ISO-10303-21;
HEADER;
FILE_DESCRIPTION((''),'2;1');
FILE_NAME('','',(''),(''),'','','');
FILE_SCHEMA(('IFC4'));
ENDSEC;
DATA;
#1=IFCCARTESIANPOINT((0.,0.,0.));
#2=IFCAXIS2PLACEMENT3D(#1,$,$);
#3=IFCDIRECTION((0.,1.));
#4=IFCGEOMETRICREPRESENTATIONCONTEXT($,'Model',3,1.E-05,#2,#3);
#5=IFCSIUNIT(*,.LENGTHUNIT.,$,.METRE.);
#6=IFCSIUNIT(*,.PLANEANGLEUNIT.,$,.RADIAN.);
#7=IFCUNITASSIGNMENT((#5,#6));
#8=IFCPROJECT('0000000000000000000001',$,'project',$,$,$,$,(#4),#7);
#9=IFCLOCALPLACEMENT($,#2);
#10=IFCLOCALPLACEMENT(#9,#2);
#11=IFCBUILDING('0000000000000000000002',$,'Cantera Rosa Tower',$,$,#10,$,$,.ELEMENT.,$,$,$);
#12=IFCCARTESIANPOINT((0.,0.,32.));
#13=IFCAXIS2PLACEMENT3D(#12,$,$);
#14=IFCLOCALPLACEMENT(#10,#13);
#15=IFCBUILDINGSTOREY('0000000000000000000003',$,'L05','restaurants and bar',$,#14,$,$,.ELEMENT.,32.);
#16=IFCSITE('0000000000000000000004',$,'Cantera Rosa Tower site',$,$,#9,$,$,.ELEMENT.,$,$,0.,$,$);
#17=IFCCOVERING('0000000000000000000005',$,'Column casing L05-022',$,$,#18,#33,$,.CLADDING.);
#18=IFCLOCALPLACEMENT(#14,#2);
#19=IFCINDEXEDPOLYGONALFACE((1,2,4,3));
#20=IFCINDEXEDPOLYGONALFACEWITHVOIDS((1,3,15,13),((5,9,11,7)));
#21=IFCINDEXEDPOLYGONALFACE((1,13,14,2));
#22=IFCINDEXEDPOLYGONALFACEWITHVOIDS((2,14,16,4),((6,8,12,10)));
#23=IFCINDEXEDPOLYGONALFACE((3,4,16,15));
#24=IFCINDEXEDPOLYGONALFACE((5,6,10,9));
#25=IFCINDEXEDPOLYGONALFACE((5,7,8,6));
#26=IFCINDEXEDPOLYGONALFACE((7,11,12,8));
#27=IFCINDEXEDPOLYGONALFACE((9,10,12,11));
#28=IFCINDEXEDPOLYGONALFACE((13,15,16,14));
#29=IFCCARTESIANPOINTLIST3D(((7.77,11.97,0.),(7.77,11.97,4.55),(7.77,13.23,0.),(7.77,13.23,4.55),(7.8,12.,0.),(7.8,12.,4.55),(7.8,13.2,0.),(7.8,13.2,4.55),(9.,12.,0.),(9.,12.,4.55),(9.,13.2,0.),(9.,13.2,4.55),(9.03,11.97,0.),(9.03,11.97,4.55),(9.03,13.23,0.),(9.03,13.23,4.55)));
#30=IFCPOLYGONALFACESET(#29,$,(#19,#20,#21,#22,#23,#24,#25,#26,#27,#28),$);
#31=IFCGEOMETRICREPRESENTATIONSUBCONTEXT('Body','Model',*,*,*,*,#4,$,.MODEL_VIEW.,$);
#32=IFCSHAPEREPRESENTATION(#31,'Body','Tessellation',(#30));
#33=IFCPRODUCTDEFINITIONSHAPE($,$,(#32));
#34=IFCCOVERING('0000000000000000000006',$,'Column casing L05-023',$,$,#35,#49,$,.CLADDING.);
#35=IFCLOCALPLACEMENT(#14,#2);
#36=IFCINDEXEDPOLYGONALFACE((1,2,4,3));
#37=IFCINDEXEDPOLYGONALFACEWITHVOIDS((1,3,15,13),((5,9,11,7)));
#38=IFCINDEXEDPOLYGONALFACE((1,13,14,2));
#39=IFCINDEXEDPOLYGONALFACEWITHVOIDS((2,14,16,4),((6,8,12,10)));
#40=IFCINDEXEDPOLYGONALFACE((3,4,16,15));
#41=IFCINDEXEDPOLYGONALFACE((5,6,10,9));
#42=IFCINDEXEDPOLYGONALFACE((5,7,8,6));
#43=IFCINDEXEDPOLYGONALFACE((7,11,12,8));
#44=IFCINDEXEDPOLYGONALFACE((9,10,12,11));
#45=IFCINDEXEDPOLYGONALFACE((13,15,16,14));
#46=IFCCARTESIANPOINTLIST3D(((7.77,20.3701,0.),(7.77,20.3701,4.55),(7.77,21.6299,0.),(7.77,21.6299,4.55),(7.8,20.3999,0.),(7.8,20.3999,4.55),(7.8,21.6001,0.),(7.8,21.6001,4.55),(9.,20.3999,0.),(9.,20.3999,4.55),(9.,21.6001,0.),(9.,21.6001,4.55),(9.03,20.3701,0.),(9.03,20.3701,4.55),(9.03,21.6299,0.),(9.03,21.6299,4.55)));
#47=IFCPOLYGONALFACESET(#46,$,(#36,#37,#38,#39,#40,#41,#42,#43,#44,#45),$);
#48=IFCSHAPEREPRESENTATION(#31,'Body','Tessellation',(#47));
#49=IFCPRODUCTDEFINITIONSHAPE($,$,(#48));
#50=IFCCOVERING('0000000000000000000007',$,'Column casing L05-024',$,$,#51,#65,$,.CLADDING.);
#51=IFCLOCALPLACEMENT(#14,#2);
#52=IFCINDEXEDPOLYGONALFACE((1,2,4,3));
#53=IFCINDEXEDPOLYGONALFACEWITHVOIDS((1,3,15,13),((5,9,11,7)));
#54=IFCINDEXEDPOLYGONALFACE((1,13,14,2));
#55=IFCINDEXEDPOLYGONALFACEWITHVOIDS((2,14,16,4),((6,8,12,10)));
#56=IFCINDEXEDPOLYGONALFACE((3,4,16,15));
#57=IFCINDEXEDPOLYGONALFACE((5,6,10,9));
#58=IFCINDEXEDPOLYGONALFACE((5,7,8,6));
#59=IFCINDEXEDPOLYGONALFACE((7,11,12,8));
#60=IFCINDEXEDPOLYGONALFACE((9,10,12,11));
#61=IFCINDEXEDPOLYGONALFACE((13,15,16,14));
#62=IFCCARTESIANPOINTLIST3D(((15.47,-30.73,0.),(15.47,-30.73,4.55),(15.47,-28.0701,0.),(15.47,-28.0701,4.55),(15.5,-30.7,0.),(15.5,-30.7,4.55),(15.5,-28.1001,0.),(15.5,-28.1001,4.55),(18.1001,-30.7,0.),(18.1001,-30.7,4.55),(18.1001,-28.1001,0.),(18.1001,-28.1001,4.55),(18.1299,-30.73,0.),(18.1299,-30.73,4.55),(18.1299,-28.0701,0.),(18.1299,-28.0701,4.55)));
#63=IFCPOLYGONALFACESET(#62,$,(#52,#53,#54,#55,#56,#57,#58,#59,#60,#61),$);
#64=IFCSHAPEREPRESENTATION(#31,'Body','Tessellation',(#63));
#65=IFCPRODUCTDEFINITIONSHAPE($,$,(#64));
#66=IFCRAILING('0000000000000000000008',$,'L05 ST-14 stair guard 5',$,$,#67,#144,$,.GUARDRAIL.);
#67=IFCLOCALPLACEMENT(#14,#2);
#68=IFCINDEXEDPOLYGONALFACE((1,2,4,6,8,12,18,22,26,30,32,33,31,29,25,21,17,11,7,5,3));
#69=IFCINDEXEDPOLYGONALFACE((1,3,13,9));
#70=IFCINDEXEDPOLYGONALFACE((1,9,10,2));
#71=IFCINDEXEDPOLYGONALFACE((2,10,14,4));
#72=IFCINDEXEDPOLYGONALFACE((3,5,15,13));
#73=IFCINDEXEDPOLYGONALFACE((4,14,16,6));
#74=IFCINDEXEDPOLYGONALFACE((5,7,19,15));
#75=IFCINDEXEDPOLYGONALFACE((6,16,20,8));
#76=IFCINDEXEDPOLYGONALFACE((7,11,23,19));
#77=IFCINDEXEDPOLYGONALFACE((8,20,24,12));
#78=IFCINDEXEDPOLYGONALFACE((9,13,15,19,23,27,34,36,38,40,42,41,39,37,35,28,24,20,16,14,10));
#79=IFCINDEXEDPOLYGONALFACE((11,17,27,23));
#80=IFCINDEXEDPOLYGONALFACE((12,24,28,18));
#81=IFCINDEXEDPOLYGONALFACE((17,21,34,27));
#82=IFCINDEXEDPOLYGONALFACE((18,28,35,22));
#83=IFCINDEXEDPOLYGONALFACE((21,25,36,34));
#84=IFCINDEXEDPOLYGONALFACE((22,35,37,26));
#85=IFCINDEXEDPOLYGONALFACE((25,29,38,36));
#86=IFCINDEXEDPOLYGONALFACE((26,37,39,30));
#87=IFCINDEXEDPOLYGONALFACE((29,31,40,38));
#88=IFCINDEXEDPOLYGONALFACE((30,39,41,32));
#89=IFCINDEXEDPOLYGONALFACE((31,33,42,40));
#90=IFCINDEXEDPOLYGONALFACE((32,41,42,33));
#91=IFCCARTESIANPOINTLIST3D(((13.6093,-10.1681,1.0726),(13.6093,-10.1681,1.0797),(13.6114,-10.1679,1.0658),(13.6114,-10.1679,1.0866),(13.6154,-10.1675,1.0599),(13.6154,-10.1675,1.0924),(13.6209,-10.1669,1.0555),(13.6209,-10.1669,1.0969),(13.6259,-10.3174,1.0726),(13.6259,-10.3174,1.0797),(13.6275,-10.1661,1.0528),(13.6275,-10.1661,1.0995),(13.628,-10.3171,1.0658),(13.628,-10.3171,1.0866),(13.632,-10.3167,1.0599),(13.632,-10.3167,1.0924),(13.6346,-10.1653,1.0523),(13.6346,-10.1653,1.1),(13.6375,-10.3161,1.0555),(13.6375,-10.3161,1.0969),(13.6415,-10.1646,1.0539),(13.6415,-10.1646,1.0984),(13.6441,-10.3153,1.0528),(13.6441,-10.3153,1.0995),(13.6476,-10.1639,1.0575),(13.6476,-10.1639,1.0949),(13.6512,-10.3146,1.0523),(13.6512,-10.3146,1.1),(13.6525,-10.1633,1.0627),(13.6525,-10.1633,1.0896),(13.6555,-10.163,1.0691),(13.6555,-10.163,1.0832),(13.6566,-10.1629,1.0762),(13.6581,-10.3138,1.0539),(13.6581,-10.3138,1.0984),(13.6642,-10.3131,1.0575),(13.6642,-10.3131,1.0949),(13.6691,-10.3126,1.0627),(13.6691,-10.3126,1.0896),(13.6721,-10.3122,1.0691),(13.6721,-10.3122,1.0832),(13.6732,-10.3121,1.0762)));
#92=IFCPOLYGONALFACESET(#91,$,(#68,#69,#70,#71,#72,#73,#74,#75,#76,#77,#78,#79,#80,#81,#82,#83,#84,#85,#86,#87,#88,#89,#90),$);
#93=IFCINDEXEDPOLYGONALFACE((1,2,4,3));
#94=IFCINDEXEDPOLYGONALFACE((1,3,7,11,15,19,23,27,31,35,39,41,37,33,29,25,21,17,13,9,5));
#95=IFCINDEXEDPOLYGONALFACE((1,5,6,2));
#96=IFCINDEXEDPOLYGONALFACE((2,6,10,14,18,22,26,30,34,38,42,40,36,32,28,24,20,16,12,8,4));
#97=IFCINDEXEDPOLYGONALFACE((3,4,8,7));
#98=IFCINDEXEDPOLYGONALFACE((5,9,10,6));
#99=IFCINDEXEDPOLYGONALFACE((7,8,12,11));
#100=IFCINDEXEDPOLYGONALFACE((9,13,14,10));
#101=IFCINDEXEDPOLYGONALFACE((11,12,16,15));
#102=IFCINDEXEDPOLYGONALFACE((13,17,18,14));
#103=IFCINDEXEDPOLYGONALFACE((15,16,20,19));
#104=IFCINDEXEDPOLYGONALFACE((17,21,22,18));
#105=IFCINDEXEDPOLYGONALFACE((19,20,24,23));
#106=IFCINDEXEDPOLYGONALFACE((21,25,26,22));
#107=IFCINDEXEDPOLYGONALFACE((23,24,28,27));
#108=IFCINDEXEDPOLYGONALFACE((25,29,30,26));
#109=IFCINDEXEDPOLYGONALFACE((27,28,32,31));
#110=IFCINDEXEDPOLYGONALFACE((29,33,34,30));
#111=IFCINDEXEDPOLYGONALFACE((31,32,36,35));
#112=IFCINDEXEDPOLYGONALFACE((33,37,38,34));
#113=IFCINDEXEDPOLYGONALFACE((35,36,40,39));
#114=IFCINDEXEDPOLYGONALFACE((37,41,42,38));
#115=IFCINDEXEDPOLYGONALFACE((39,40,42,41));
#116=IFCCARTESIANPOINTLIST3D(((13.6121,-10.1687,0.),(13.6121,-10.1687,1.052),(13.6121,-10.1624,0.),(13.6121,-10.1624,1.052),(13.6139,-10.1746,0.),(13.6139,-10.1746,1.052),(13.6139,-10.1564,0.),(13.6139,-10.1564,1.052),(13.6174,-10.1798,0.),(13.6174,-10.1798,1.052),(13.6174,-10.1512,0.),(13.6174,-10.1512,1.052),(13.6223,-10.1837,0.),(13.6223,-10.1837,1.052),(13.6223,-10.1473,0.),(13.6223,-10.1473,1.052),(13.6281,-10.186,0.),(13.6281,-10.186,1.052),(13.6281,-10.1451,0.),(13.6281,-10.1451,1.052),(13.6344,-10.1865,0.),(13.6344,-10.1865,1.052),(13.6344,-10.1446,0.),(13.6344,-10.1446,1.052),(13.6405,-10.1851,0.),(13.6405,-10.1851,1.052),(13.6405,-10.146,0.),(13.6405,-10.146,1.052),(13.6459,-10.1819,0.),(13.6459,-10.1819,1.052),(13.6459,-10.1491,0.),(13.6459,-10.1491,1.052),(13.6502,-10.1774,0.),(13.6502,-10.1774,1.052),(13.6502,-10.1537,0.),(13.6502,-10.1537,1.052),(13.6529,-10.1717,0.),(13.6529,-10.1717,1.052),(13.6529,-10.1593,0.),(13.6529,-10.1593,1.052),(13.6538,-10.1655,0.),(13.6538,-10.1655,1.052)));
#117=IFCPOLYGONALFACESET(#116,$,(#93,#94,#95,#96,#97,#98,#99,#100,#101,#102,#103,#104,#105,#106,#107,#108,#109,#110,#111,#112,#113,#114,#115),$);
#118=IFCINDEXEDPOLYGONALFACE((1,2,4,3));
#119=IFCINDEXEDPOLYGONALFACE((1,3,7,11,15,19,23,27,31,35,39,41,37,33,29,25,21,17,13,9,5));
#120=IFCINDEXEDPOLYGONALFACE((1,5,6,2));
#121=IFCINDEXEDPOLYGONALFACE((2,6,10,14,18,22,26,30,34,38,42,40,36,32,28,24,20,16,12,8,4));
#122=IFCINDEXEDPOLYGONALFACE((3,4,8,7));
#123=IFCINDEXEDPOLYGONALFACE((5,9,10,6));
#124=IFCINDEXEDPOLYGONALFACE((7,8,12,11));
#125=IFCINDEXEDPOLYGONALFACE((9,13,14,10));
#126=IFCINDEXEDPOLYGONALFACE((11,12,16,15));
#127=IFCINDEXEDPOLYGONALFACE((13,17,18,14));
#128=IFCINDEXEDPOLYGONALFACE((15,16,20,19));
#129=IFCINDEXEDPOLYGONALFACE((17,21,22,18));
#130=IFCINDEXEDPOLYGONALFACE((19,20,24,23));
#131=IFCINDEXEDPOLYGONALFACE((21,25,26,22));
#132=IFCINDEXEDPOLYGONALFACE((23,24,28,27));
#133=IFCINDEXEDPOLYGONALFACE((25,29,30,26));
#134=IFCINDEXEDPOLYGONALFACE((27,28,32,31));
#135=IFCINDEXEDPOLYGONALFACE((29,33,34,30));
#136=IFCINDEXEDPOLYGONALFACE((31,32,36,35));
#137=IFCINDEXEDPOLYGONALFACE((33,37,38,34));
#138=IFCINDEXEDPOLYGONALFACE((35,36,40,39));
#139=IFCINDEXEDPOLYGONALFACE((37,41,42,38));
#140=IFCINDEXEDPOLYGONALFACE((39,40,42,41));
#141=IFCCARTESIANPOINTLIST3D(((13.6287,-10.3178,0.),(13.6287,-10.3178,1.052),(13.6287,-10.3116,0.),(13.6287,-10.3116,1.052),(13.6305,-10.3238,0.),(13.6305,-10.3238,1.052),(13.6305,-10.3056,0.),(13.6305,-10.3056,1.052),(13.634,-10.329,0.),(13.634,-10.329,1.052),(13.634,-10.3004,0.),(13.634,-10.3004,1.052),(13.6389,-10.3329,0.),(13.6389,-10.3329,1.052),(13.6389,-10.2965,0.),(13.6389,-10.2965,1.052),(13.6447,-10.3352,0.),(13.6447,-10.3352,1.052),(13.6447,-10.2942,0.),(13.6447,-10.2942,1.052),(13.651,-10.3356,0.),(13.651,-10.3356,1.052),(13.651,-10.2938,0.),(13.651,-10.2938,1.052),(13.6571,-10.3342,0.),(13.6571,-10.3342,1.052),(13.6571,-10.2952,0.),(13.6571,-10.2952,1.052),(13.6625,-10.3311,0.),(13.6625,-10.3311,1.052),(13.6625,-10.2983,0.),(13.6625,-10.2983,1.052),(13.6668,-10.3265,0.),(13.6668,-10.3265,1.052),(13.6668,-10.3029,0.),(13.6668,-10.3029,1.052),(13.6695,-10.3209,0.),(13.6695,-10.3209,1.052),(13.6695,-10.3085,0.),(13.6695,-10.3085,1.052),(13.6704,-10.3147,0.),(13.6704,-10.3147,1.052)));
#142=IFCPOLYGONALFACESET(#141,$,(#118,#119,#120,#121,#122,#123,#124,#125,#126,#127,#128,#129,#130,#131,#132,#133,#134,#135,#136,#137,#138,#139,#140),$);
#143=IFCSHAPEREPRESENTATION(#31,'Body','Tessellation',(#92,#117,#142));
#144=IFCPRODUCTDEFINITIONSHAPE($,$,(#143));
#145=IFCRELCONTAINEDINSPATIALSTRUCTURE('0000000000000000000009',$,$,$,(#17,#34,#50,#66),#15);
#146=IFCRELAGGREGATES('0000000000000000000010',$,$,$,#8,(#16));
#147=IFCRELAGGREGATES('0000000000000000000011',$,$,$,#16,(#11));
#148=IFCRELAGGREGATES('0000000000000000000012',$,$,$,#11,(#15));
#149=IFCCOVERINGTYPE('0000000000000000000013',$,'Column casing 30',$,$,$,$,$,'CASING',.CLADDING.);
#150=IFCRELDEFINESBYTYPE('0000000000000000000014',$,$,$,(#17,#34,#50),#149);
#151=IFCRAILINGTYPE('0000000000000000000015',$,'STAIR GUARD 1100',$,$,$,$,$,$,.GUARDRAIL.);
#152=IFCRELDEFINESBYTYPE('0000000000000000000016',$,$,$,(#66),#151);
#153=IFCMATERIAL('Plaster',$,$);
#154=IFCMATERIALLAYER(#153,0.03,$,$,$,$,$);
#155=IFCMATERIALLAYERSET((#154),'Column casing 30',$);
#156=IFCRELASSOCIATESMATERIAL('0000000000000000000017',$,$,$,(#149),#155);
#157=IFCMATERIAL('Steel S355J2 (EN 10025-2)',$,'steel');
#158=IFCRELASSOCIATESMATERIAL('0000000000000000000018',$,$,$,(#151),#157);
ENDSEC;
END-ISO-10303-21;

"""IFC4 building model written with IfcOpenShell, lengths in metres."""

from ifc_helpers import new_model, si_unit, direction, frame, origin, origin_2d, place, context, subcontext, project, spatial, polyline, circle, outline, extrude, material, layer, layer_set, type_object, element, save


model = new_model("IFC4")

# Units and contexts
model_context = context("Model", 3, precision=1e-05, world=origin(), true_north=direction((0.0, 1.0)))
body_context = subcontext(model_context, "Body", "Model", "MODEL_VIEW")
ifc_project = project(units=[si_unit("LENGTHUNIT", "METRE"), si_unit("PLANEANGLEUNIT", "RADIAN")], contexts=[model_context])

# Site, building, storey
site_placement = place(None, origin())
site = spatial("IfcSite", under=ifc_project, at=site_placement, Name="Cantera Rosa Tower site", CompositionType="ELEMENT", RefElevation=0.0)
building_placement = place(site_placement, origin())
building = spatial("IfcBuilding", under=site, at=building_placement, Name="Cantera Rosa Tower", CompositionType="ELEMENT")
storey_placement = place(building_placement, frame((0.0, 0.0, 32.0)))
storey = spatial("IfcBuildingStorey", under=building, at=storey_placement, Name="L05", Description="restaurants and bar", CompositionType="ELEMENT", Elevation=32.0)

# Coverings
ifc_material_1 = material(Name="Plaster")
ifc_layer_1 = layer(ifc_material_1, 0.03)
ifc_layer_set_1 = layer_set([ifc_layer_1], Name="Column casing 30")
covering_type = type_object("IfcCoveringType", Name="Column casing 30", ElementType="CASING", PredefinedType="CLADDING", material=ifc_layer_set_1)
covering_1_placement = place(storey_placement, origin())
element("IfcCovering", 1, at=covering_1_placement, inside=storey, type_object=covering_type, Name="Column casing L05-022", PredefinedType="CLADDING", context=body_context, shape_type="SweptSolid", body=[
    extrude(outline(polyline([(7.77, 11.97), (9.03, 11.97), (9.03, 13.23), (7.77, 13.23), (7.77, 11.97)]), holes=[polyline([(9.0, 13.2), (7.8, 13.2), (7.8, 12.0), (9.0, 12.0), (9.0, 13.2)])]), origin(), (0.0, 0.0, 1.0), 4.55),
])
covering_2_placement = place(storey_placement, origin())
element("IfcCovering", 2, at=covering_2_placement, inside=storey, type_object=covering_type, Name="Column casing L05-023", PredefinedType="CLADDING", context=body_context, shape_type="SweptSolid", body=[
    extrude(outline(polyline([(7.77, 20.3701), (9.03, 20.3701), (9.03, 21.6299), (7.77, 21.6299), (7.77, 20.3701)]), holes=[polyline([(9.0, 21.6001), (7.8, 21.6001), (7.8, 20.3999), (9.0, 20.3999), (9.0, 21.6001)])]), origin(), (0.0, 0.0, 1.0), 4.55),
])
covering_3_placement = place(storey_placement, origin())
element("IfcCovering", 3, at=covering_3_placement, inside=storey, type_object=covering_type, Name="Column casing L05-024", PredefinedType="CLADDING", context=body_context, shape_type="SweptSolid", body=[
    extrude(outline(polyline([(15.47, -30.73), (18.1299, -30.73), (18.1299, -28.0701), (15.47, -28.0701), (15.47, -30.73)]), holes=[polyline([(18.1001, -28.1001), (15.5, -28.1001), (15.5, -30.7), (18.1001, -30.7), (18.1001, -28.1001)])]), origin(), (0.0, 0.0, 1.0), 4.55),
])

# Railing
ifc_material_2 = material(Name="Steel S355J2 (EN 10025-2)", Category="steel")
railing_type_1 = type_object("IfcRailingType", Name="STAIR GUARD 1100", PredefinedType="GUARDRAIL", material=ifc_material_2)
railing_1_placement = place(storey_placement, frame((13.6328, -10.1655, 0.0)))
element("IfcRailing", 4, at=railing_1_placement, inside=storey, type_object=railing_type_1, Name="L05 ST-14 stair guard 5", PredefinedType="GUARDRAIL", context=body_context, shape_type="SweptSolid", body=[
    extrude(circle(Radius=0.0239, at=origin_2d()), frame((0.0, 0.0, 1.0762), z_axis=(0.11061, -0.993864, 0.0), x_axis=(0.993864, 0.11061, 0.0)), (0.0, 0.0, 1.0), 0.1501),
    extrude(circle(Radius=0.021, at=origin_2d()), origin(), (0.0, 0.0, 1.0), 1.052),
    extrude(circle(Radius=0.021, at=origin_2d()), frame((0.0166, -0.1492, 0.0)), (0.0, 0.0, 1.0), 1.052),
])

save(model, "model.ifc")
